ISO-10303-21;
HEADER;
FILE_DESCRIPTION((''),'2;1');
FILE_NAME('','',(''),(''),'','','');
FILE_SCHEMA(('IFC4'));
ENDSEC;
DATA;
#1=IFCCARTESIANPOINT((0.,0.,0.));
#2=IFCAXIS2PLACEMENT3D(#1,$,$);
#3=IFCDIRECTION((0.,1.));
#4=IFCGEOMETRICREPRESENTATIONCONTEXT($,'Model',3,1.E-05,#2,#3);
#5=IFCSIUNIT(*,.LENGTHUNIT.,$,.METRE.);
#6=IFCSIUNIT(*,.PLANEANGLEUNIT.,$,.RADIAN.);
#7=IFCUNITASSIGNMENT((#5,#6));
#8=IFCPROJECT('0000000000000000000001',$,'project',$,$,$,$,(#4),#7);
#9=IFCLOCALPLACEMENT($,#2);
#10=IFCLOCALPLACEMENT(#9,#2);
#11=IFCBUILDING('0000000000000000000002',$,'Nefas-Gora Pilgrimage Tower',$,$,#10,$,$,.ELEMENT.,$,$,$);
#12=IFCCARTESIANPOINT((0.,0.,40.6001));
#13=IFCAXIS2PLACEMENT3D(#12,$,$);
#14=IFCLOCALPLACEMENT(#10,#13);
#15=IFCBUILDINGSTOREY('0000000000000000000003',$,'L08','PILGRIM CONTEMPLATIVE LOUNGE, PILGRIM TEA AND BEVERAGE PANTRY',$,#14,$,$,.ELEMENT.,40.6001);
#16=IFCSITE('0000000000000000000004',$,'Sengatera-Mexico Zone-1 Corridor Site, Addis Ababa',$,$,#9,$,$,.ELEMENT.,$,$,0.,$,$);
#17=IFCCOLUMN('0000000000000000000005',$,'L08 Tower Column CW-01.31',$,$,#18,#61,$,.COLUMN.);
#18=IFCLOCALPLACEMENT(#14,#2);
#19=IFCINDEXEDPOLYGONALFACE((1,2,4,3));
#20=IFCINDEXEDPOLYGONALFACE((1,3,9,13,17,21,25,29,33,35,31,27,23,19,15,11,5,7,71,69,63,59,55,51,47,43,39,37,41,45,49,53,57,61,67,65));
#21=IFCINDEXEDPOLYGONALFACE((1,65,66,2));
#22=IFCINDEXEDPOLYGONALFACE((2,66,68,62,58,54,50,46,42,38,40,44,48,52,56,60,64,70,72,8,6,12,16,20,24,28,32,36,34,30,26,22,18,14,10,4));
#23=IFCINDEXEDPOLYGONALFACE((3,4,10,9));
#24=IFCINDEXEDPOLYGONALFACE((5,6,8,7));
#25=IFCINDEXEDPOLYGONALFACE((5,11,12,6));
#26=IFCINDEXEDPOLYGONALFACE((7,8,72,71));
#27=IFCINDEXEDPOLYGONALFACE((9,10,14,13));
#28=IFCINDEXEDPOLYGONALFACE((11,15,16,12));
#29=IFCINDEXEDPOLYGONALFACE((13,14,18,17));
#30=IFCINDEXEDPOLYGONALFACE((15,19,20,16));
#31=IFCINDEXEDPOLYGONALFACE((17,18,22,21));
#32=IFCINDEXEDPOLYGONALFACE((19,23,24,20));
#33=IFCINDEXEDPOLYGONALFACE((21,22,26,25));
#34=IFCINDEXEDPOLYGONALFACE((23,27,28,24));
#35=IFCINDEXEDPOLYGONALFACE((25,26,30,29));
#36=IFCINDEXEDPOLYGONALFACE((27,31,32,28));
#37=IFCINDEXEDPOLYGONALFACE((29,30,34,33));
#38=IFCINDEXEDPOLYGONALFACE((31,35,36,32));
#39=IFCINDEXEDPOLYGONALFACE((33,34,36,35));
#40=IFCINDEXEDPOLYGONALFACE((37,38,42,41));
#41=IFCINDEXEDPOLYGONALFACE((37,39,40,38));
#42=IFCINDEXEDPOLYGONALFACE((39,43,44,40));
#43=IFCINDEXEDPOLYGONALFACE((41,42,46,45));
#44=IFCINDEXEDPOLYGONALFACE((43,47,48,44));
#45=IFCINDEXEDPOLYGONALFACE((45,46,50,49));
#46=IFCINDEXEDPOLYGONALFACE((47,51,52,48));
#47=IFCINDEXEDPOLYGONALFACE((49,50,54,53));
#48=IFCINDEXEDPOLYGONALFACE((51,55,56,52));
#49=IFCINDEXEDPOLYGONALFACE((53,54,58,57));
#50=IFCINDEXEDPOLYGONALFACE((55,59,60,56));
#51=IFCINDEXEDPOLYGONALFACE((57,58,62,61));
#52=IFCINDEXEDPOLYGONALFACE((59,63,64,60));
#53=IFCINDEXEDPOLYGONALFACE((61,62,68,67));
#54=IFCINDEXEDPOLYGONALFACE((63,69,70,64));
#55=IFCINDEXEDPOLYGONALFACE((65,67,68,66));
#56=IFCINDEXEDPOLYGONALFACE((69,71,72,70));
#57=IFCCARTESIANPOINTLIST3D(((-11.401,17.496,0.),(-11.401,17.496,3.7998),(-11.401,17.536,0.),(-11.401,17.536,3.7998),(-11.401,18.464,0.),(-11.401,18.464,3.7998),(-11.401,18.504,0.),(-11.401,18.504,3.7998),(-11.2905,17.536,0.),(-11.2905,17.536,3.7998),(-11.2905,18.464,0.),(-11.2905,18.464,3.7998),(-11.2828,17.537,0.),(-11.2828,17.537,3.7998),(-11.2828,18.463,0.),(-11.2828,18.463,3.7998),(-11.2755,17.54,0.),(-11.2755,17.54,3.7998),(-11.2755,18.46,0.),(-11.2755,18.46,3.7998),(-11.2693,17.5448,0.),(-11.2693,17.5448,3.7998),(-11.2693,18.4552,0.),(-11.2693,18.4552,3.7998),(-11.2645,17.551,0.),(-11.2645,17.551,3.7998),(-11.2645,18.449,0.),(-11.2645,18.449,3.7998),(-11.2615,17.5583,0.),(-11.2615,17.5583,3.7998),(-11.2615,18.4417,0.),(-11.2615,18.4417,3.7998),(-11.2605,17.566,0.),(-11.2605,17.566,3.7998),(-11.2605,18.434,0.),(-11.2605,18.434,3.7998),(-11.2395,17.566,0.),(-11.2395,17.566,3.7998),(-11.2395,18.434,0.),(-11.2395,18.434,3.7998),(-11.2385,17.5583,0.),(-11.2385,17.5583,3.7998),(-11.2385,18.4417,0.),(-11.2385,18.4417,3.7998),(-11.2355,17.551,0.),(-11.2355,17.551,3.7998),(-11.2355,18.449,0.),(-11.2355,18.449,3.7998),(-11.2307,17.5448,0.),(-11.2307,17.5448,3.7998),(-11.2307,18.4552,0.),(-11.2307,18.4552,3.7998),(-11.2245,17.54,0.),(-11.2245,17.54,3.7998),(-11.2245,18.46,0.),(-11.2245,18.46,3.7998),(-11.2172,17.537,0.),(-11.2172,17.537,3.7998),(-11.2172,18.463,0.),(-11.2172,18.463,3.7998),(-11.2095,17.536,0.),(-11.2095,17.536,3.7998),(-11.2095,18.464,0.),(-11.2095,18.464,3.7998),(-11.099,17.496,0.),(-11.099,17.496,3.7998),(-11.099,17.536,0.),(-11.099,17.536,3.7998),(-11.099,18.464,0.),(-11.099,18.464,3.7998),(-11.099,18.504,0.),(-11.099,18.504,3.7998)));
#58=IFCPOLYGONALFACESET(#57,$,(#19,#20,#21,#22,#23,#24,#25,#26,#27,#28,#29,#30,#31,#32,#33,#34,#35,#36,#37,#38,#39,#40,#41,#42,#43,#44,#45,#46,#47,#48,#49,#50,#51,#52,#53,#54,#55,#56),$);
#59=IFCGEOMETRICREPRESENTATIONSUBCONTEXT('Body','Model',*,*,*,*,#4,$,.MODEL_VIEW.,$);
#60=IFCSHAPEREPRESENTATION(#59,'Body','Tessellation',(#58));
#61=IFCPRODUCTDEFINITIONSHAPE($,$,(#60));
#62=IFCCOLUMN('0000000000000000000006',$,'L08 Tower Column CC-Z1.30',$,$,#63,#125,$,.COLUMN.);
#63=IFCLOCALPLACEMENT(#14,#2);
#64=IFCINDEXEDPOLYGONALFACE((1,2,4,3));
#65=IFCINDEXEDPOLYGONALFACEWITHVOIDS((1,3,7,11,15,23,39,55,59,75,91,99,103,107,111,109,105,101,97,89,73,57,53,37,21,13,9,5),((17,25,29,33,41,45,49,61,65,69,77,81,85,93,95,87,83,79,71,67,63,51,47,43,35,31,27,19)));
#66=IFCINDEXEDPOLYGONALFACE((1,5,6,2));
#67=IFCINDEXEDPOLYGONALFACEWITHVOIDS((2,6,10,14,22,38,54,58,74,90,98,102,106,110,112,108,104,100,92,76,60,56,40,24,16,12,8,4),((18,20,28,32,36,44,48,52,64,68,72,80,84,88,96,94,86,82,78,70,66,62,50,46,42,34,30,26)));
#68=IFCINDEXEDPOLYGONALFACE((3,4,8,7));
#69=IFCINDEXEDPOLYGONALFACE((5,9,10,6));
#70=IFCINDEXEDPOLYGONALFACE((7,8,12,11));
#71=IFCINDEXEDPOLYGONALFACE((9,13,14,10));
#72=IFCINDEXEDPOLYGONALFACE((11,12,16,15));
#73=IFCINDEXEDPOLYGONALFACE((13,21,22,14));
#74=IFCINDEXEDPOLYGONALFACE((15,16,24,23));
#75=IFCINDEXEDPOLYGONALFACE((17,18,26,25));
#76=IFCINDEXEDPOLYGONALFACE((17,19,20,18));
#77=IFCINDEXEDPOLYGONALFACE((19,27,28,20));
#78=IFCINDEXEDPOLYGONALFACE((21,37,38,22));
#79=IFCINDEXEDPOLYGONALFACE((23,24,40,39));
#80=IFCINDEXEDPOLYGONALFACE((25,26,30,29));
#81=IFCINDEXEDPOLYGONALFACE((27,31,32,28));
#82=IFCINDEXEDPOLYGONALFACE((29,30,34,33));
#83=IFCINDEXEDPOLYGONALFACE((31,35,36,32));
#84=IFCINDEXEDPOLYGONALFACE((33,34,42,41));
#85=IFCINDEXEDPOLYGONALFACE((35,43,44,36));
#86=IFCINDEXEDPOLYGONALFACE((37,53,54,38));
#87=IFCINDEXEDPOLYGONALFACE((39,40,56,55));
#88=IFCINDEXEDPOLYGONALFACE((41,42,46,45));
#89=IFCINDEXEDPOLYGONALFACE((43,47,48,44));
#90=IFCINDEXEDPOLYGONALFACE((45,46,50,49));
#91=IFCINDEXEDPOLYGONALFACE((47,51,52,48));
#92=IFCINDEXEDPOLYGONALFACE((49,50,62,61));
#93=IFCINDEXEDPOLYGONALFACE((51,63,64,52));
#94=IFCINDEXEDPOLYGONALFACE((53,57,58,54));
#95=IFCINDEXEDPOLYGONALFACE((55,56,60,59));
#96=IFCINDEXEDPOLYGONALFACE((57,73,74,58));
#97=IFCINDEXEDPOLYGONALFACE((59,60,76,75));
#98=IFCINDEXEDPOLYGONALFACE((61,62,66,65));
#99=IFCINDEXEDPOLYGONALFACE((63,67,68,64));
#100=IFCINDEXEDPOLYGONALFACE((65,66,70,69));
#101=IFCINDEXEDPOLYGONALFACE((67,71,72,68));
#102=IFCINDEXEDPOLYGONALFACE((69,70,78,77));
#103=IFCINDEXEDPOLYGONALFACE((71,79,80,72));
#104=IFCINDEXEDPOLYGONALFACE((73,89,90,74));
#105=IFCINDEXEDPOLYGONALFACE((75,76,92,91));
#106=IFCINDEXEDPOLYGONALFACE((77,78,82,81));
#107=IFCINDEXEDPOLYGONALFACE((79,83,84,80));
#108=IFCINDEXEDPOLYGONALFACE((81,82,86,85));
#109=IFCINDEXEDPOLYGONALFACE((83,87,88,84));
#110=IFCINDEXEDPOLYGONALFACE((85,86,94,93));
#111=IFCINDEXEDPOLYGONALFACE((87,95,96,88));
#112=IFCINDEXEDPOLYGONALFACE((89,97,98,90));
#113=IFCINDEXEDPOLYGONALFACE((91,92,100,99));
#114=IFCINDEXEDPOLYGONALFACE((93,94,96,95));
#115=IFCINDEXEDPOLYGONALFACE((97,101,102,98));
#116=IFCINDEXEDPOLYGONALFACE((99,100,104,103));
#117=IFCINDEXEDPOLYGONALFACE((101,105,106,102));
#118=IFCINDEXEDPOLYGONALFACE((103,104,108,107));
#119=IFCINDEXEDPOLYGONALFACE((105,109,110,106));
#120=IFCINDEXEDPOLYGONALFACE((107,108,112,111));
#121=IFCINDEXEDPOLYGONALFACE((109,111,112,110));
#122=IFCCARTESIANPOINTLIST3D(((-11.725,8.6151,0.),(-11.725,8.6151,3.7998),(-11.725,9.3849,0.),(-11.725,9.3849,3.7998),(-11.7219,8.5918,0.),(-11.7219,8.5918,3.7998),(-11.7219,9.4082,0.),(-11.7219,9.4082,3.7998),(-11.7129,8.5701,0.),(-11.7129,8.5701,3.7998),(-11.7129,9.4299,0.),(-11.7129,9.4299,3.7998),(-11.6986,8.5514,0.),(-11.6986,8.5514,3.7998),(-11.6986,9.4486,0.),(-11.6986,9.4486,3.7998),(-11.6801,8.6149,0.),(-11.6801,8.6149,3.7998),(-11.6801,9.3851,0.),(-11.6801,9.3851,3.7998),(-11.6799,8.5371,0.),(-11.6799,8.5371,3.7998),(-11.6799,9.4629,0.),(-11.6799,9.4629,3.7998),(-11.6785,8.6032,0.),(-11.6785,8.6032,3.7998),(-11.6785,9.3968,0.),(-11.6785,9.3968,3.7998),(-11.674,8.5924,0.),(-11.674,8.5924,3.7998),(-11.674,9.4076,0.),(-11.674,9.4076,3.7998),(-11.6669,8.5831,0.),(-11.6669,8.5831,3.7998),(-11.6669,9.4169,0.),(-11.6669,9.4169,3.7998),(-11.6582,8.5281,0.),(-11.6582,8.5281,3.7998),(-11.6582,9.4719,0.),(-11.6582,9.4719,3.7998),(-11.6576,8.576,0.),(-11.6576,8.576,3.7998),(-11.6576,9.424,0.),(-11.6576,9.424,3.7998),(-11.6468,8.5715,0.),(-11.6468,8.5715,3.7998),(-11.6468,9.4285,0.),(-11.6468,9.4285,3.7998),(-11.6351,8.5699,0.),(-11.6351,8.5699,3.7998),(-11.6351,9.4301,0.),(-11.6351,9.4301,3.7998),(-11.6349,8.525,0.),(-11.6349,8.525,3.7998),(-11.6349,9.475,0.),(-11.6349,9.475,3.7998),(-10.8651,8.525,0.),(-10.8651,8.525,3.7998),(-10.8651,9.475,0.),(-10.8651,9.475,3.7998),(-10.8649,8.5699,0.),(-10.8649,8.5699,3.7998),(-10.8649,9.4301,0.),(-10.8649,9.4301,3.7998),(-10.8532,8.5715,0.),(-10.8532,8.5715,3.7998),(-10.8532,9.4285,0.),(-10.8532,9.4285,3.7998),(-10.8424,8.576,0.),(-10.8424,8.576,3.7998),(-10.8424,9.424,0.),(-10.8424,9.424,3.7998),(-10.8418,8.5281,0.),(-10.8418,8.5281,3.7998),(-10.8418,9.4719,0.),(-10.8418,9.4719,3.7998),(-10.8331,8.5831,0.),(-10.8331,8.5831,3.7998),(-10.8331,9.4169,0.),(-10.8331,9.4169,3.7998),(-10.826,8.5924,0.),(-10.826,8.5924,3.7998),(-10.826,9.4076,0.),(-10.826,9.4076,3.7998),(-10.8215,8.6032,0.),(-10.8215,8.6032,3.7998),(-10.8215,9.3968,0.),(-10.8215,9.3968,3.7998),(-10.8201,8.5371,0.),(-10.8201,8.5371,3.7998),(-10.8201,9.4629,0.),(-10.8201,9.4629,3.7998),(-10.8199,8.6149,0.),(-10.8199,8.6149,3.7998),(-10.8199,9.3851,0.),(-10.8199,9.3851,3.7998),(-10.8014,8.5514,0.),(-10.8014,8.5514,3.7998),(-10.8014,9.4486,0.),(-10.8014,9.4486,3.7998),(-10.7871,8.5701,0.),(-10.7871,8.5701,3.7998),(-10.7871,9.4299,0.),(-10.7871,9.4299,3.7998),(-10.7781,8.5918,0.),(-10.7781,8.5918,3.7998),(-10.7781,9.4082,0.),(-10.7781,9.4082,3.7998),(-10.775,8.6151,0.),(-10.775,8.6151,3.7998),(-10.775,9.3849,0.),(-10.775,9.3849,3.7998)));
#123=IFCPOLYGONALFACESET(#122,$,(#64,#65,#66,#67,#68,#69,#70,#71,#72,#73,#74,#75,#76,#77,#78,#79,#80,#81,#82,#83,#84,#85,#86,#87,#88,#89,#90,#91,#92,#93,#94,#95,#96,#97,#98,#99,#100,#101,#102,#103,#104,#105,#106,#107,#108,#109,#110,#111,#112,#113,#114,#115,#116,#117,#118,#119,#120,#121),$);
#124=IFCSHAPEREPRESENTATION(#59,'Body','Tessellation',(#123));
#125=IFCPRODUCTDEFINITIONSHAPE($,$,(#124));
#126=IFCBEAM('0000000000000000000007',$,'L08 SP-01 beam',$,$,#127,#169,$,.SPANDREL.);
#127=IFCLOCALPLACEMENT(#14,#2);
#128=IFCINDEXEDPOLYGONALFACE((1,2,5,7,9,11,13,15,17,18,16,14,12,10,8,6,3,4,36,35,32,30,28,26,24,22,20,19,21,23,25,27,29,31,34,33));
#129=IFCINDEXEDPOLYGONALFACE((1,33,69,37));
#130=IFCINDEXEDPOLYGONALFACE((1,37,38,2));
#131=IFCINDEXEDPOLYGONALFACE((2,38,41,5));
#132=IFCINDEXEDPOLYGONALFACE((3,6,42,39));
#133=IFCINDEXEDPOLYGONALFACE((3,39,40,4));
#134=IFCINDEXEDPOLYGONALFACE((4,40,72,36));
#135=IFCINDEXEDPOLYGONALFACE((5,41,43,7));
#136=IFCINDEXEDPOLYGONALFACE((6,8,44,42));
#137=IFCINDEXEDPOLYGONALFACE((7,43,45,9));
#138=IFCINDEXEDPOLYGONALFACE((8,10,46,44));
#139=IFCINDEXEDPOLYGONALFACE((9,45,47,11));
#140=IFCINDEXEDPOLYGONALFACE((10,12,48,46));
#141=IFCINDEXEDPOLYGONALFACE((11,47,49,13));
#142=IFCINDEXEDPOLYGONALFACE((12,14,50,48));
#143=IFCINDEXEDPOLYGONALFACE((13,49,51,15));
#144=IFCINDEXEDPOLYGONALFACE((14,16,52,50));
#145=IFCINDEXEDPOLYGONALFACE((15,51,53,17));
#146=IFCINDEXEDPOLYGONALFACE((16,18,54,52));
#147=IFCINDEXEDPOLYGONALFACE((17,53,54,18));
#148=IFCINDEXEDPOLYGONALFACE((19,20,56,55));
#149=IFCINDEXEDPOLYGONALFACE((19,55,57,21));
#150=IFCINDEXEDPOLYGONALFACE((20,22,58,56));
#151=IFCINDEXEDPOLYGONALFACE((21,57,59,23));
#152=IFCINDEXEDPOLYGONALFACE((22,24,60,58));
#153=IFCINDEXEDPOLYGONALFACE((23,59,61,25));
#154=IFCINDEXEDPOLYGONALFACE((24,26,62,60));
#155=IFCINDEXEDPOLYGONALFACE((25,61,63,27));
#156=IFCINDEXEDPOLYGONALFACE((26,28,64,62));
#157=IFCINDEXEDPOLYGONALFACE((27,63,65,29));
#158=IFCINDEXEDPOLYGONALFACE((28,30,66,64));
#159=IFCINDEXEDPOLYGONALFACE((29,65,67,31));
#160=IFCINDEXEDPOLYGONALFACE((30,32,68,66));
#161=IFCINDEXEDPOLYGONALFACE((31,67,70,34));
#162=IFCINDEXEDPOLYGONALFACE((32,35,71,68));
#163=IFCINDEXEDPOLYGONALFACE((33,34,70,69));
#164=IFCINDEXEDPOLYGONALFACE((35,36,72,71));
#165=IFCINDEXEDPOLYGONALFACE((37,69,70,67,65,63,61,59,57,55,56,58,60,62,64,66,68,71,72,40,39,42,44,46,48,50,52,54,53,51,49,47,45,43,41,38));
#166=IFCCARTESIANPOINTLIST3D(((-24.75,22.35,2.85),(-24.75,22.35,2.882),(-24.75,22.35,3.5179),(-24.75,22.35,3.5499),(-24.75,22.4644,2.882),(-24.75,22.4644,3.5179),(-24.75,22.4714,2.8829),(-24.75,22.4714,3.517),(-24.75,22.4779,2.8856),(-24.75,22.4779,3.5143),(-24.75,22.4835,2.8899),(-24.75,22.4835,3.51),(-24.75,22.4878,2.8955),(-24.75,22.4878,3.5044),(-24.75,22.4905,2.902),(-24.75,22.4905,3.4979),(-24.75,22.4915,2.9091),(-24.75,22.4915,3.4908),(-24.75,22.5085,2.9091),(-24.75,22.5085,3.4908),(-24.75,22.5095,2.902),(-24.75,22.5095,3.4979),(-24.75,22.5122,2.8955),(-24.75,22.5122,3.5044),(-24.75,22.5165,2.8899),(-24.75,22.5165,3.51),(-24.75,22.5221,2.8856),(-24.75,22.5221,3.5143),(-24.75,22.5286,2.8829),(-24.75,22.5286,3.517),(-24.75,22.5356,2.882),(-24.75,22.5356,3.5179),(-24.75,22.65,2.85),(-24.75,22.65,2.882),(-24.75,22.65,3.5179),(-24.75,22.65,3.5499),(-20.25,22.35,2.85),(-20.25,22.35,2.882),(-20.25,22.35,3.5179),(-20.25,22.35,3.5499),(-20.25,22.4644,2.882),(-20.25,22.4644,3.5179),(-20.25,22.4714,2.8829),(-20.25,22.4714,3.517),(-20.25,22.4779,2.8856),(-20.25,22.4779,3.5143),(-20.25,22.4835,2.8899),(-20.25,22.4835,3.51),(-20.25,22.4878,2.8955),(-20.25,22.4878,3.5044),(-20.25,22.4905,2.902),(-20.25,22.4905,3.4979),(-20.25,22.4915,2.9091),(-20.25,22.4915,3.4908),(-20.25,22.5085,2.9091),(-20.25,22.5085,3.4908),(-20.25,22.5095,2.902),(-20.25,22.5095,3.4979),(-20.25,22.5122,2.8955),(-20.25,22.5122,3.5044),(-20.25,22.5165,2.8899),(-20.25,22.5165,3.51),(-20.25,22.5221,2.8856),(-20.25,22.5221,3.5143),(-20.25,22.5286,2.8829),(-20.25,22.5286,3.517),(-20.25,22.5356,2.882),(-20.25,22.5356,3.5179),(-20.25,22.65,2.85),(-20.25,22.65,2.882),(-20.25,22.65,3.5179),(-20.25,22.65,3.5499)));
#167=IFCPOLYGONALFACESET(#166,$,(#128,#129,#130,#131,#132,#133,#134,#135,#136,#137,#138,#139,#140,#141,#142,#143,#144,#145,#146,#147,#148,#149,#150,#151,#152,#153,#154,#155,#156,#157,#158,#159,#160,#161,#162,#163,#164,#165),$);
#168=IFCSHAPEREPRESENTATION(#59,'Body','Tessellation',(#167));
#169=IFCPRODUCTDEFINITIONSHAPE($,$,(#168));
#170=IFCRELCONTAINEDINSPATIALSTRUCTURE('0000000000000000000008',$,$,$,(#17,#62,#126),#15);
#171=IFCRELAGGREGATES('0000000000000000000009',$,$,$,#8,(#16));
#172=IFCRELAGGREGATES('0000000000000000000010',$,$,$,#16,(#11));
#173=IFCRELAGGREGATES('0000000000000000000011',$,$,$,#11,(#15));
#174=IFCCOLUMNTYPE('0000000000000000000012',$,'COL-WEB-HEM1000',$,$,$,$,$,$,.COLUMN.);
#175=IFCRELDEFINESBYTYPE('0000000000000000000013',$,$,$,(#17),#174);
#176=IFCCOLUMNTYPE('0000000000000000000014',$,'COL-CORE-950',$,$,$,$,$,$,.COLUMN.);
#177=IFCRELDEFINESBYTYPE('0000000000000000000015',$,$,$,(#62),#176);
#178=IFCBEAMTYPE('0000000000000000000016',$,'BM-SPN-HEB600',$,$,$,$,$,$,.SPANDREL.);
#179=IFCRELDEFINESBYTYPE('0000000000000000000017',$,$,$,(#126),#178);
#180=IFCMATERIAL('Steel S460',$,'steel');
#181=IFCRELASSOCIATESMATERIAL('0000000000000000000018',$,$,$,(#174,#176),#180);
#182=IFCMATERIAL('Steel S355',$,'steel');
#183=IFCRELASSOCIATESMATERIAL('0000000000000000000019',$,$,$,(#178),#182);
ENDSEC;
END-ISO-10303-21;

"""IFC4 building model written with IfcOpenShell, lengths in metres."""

from ifc_helpers import new_model, si_unit, direction, frame, origin, origin_2d, place, context, subcontext, project, spatial, hollow_rectangle, i_section, extrude, source, transform, mapped, material, material_profile, profile_set, type_object, element, save


model = new_model("IFC4")

# Units and contexts
model_context = context("Model", 3, precision=1e-05, world=origin(), true_north=direction((0.0, 1.0)))
body_context = subcontext(model_context, "Body", "Model", "MODEL_VIEW")
ifc_project = project(units=[si_unit("LENGTHUNIT", "METRE"), si_unit("PLANEANGLEUNIT", "RADIAN")], contexts=[model_context])

# Site, building, storey
site_placement = place(None, origin())
site = spatial("IfcSite", under=ifc_project, at=site_placement, Name="Sengatera-Mexico Zone-1 Corridor Site, Addis Ababa", CompositionType="ELEMENT", RefElevation=0.0)
building_placement = place(site_placement, origin())
building = spatial("IfcBuilding", under=site, at=building_placement, Name="Nefas-Gora Pilgrimage Tower", CompositionType="ELEMENT")
storey_placement = place(building_placement, frame((0.0, 0.0, 40.6001)))
storey = spatial("IfcBuildingStorey", under=building, at=storey_placement, Name="L08", Description="PILGRIM CONTEMPLATIVE LOUNGE, PILGRIM TEA AND BEVERAGE PANTRY", CompositionType="ELEMENT", Elevation=40.6001)

# Columns
ifc_material_1 = material(Name="Steel S460", Category="steel")
ifc_material_profile_1 = material_profile(ifc_material_1, i_section(OverallWidth=0.302, OverallDepth=1.0081, WebThickness=0.021, FlangeThickness=0.04, FilletRadius=0.03, at=origin_2d()), Name="HEM 1000")
ifc_profile_set_1 = profile_set([ifc_material_profile_1], Name="Steel S460")
column_type_1 = type_object("IfcColumnType", Name="COL-WEB-HEM1000", PredefinedType="COLUMN", material=ifc_profile_set_1)
shared_shape_1 = source(origin(), body_context, "Body", "SweptSolid", [
    extrude(i_section(OverallWidth=0.302, OverallDepth=1.0081, WebThickness=0.021, FlangeThickness=0.04, FilletRadius=0.03, at=origin_2d()), origin(), (0.0, 0.0, 1.0), 3.7998),
])
for number, where, z_axis, x_axis, name in (
    (1, (-11.25, 18.0, 0.0), (0.0, 0.0, 1.0), (1.0, 0.0, 0.0), "L08 Tower Column CW-01.31"),
):
    element("IfcColumn", number, at=place(storey_placement, frame(where, z_axis=z_axis, x_axis=x_axis)), inside=storey, type_object=column_type_1, Name=name, PredefinedType="COLUMN", context=body_context, shape_type="MappedRepresentation", body=[
        mapped(shared_shape_1, transform((0.0, 0.0, 0.0), x_axis=(1.0, 0.0, 0.0), y_axis=(0.0, 1.0, 0.0), z_axis=(0.0, 0.0, 1.0), scale=1.0)),
    ])
ifc_material_profile_2 = material_profile(ifc_material_1, hollow_rectangle(XDim=0.95, YDim=0.95, WallThickness=0.0449, InnerFilletRadius=0.0449, OuterFilletRadius=0.0901, at=origin_2d()), Name="BOX 950x950x45")
ifc_profile_set_2 = profile_set([ifc_material_profile_2], Name="Steel S460")
column_type_2 = type_object("IfcColumnType", Name="COL-CORE-950", PredefinedType="COLUMN", material=ifc_profile_set_2)
shared_shape_2 = source(origin(), body_context, "Body", "SweptSolid", [
    extrude(hollow_rectangle(XDim=0.95, YDim=0.95, WallThickness=0.0449, InnerFilletRadius=0.0449, OuterFilletRadius=0.0901, at=origin_2d()), origin(), (0.0, 0.0, 1.0), 3.7998),
])
column_placement = place(storey_placement, frame((-11.25, 9.0, 0.0), z_axis=(0.0, 0.0, 1.0), x_axis=(1.0, 0.0, 0.0)))
element("IfcColumn", 2, at=column_placement, inside=storey, type_object=column_type_2, Name="L08 Tower Column CC-Z1.30", PredefinedType="COLUMN", context=body_context, shape_type="MappedRepresentation", body=[
    mapped(shared_shape_2, transform((0.0, 0.0, 0.0), x_axis=(1.0, 0.0, 0.0), y_axis=(0.0, 1.0, 0.0), z_axis=(0.0, 0.0, 1.0), scale=1.0)),
])

# Beam
ifc_material_2 = material(Name="Steel S355", Category="steel")
ifc_material_profile_3 = material_profile(ifc_material_2, i_section(OverallWidth=0.3, OverallDepth=0.7, WebThickness=0.0171, FlangeThickness=0.032, FilletRadius=0.0271, at=origin_2d()), Name="HEB 700")
ifc_profile_set_3 = profile_set([ifc_material_profile_3], Name="Steel S355")
beam_type_1 = type_object("IfcBeamType", Name="BM-SPN-HEB600", PredefinedType="SPANDREL", material=ifc_profile_set_3)
shared_shape_3 = source(origin(), body_context, "Body", "SweptSolid", [
    extrude(i_section(OverallWidth=0.3, OverallDepth=0.7, WebThickness=0.0171, FlangeThickness=0.032, FilletRadius=0.0271, at=origin_2d()), origin(), (0.0, 0.0, 1.0), 4.5),
])
beam_placement = place(storey_placement, frame((-24.75, 22.5, 3.2), z_axis=(1.0, 0.0, 0.0), x_axis=(0.0, 1.0, 0.0)))
element("IfcBeam", 3, at=beam_placement, inside=storey, type_object=beam_type_1, Name="L08 SP-01 beam", PredefinedType="SPANDREL", context=body_context, shape_type="MappedRepresentation", body=[
    mapped(shared_shape_3, transform((0.0, 0.0, 0.0), x_axis=(1.0, 0.0, 0.0), y_axis=(0.0, 1.0, 0.0), z_axis=(0.0, 0.0, 1.0), scale=1.0)),
])

save(model, "model.ifc")
